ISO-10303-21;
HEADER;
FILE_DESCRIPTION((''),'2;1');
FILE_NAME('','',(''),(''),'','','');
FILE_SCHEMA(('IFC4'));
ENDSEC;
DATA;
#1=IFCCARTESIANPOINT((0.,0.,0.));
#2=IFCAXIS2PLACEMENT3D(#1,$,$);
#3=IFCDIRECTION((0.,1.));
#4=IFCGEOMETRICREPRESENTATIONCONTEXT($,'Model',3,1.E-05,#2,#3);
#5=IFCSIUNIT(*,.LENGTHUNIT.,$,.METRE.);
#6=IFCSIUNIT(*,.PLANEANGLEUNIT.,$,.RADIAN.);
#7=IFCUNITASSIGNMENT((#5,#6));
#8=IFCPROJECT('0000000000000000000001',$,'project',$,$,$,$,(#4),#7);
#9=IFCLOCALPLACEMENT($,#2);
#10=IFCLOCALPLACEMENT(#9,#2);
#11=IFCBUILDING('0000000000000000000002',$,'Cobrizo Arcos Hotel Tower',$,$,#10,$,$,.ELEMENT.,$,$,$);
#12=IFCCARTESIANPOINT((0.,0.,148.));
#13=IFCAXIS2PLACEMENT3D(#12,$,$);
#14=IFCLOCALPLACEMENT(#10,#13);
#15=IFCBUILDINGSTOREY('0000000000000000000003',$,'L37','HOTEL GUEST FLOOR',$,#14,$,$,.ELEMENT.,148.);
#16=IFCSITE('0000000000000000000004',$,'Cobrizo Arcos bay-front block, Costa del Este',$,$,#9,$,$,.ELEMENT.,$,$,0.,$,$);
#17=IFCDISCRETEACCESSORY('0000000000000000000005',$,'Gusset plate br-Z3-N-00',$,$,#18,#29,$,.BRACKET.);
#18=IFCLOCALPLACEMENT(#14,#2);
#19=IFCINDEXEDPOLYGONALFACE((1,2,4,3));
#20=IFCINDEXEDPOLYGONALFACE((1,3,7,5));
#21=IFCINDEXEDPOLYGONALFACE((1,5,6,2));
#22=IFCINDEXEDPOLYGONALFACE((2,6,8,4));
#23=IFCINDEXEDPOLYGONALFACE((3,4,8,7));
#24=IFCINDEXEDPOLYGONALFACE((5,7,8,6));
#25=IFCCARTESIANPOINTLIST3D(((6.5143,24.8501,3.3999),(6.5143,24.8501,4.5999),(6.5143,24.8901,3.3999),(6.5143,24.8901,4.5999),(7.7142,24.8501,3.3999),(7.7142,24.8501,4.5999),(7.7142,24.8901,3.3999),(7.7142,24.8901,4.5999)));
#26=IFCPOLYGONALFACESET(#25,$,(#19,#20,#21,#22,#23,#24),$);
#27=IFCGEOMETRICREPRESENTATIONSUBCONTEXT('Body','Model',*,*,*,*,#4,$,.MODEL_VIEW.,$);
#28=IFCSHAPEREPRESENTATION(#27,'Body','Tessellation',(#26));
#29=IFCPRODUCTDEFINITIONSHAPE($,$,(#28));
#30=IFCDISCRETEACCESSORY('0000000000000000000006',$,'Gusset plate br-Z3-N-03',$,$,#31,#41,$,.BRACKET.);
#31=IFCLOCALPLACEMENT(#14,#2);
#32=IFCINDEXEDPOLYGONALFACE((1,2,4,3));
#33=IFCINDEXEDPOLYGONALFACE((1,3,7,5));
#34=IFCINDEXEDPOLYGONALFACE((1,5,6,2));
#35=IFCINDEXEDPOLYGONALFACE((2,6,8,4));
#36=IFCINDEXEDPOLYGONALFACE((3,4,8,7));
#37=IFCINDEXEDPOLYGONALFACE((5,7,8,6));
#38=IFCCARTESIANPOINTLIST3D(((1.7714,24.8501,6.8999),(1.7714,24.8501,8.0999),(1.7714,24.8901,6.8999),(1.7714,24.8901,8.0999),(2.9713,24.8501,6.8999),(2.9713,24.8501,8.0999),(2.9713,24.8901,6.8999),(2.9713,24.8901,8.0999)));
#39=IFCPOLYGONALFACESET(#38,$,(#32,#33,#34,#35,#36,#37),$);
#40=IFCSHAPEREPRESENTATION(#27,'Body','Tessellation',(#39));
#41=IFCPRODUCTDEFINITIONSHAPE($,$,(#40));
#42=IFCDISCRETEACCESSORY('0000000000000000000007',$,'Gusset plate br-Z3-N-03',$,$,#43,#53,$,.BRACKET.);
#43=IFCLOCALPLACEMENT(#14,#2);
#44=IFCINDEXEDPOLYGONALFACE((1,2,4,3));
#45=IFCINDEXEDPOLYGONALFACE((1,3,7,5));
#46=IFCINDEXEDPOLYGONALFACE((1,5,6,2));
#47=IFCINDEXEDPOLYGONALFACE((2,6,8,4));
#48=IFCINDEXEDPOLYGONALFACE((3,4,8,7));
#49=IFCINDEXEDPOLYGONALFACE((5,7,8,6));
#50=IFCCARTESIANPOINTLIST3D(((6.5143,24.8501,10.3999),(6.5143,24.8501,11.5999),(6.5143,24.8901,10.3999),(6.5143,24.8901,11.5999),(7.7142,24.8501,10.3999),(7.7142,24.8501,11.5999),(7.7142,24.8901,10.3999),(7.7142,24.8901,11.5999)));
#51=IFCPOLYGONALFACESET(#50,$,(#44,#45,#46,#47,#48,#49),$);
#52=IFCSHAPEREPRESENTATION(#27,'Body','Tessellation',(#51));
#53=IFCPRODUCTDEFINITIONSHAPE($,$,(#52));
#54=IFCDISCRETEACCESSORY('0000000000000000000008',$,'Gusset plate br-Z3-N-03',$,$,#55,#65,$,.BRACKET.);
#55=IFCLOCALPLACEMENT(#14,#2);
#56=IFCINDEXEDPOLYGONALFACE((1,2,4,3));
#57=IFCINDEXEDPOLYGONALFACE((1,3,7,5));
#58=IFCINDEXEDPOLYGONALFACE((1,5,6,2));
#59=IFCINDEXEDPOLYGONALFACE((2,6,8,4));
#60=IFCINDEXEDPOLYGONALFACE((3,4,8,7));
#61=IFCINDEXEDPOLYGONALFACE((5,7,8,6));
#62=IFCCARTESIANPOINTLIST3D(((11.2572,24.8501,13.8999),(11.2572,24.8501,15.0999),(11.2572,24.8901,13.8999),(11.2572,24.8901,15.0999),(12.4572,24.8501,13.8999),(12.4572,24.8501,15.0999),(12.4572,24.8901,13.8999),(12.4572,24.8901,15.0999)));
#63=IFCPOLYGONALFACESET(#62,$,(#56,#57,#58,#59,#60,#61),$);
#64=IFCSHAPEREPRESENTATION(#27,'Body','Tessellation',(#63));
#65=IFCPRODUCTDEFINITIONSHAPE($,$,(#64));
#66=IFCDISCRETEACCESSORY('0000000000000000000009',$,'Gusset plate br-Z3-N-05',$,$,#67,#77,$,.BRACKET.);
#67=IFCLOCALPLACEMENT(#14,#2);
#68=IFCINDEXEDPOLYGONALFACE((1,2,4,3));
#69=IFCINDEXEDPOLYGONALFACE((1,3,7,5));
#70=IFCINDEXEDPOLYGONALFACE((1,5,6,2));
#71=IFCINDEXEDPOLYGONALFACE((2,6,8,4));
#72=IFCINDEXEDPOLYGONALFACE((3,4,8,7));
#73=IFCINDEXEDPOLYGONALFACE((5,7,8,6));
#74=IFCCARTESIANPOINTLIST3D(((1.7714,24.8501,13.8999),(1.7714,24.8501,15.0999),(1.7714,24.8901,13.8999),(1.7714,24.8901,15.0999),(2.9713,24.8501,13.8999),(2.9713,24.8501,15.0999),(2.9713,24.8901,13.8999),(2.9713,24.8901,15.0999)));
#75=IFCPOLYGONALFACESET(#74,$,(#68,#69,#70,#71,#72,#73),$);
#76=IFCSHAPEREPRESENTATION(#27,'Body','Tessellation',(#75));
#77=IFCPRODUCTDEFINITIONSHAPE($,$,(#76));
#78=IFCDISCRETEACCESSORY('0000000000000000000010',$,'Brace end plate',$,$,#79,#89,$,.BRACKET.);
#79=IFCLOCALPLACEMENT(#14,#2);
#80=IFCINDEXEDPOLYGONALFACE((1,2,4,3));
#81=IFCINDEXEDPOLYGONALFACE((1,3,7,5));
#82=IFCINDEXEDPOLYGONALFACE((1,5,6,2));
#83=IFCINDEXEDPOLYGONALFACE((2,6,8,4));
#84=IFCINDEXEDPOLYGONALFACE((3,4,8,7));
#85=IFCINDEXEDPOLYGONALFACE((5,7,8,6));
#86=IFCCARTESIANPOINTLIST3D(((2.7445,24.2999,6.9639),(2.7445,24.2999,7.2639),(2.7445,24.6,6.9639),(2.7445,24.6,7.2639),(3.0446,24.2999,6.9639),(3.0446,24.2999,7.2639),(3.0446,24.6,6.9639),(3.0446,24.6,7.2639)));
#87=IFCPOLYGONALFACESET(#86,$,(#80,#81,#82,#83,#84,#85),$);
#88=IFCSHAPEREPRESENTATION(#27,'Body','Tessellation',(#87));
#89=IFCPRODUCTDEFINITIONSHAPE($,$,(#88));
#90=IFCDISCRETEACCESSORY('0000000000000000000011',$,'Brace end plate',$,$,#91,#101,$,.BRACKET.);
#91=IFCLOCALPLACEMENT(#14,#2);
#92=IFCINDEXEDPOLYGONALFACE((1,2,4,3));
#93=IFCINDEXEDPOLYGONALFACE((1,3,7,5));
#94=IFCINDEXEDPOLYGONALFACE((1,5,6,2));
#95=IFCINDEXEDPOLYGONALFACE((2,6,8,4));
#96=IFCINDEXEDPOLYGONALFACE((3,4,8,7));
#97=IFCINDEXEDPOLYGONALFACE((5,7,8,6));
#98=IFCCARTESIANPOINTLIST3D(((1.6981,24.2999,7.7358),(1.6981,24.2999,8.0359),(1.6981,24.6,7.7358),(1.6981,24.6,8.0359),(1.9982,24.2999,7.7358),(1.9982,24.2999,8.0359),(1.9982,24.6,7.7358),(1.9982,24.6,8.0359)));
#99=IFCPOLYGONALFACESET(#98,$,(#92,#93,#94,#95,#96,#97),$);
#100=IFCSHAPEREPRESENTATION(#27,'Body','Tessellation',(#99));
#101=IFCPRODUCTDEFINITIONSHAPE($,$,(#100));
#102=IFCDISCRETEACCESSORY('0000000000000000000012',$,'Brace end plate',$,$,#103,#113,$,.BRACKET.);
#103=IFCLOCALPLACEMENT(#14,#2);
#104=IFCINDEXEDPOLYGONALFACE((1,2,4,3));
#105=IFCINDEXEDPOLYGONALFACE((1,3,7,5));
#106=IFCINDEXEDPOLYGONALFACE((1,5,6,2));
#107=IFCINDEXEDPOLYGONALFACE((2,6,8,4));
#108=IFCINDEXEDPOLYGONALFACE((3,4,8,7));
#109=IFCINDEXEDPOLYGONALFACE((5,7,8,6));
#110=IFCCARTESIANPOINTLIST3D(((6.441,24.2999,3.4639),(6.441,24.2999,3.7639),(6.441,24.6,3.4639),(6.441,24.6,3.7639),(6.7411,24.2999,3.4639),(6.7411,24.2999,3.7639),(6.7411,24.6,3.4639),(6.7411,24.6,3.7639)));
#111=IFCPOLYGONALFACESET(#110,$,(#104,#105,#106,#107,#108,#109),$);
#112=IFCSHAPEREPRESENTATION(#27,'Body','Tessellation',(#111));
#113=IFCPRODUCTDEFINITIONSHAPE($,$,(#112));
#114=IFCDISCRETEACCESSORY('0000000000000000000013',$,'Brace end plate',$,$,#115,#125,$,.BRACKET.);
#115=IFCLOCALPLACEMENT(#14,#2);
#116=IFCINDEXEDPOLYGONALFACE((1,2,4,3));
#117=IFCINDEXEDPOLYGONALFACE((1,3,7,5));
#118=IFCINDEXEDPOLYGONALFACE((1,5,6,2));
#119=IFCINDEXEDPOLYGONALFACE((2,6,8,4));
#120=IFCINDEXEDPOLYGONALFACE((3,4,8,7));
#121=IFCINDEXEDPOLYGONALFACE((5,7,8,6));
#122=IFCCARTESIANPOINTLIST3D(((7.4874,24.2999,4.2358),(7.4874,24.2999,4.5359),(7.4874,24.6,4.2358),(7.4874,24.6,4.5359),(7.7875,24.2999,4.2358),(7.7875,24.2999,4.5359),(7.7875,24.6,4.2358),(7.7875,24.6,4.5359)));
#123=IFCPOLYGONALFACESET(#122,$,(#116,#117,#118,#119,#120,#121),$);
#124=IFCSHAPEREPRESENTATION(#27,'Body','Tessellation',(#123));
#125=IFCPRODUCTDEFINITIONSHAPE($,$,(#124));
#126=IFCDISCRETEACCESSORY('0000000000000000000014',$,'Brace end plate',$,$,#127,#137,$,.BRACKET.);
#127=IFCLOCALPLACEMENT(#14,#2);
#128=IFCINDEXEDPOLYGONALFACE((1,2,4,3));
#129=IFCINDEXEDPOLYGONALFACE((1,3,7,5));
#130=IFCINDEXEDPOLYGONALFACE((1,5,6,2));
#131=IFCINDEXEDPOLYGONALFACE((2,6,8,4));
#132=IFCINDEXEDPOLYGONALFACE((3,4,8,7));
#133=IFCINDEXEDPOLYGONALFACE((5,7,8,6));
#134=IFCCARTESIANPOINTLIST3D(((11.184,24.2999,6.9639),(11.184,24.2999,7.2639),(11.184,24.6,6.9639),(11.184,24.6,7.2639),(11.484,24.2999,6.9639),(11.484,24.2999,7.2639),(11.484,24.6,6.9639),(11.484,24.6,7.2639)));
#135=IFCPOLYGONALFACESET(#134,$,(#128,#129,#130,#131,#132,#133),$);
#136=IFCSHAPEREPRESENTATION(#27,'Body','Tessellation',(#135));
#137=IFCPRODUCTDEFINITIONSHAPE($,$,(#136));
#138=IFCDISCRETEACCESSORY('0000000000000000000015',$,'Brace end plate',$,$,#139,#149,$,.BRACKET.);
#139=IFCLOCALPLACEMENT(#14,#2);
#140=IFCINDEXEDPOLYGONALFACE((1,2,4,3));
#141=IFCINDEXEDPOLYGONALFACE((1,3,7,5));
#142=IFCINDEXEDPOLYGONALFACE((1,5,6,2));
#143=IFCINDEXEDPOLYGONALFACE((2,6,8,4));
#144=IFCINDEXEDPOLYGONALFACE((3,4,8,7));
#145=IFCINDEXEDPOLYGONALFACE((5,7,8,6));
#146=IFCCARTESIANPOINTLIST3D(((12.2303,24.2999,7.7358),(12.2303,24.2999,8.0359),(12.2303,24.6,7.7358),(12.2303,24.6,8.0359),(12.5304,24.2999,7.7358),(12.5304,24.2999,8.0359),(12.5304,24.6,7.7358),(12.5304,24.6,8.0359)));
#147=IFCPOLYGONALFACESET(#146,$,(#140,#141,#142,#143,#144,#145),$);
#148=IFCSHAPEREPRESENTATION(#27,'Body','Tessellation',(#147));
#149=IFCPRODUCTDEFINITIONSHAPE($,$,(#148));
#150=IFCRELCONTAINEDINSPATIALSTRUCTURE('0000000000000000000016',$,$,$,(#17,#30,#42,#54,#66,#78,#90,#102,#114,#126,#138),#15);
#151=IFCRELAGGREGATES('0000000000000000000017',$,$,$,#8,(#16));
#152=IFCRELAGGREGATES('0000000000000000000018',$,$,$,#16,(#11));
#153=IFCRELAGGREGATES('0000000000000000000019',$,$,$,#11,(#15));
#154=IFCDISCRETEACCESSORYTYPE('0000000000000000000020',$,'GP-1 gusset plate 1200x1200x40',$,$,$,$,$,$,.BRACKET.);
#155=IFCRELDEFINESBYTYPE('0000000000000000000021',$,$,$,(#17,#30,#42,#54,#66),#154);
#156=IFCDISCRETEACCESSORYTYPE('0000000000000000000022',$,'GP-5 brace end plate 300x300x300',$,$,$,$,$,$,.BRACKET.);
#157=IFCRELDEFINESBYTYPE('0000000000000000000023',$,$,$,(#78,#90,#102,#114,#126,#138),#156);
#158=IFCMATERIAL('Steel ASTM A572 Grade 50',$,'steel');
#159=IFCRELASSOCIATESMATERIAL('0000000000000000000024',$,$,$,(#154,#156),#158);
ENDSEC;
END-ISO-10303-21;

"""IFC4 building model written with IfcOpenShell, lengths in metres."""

from ifc_helpers import new_model, si_unit, direction, frame, origin, origin_2d, place, context, subcontext, project, spatial, rectangle, extrude, material, type_object, element, save


model = new_model("IFC4")

# Units and contexts
model_context = context("Model", 3, precision=1e-05, world=origin(), true_north=direction((0.0, 1.0)))
body_context = subcontext(model_context, "Body", "Model", "MODEL_VIEW")
ifc_project = project(units=[si_unit("LENGTHUNIT", "METRE"), si_unit("PLANEANGLEUNIT", "RADIAN")], contexts=[model_context])

# Site, building, storey
site_placement = place(None, origin())
site = spatial("IfcSite", under=ifc_project, at=site_placement, Name="Cobrizo Arcos bay-front block, Costa del Este", CompositionType="ELEMENT", RefElevation=0.0)
building_placement = place(site_placement, origin())
building = spatial("IfcBuilding", under=site, at=building_placement, Name="Cobrizo Arcos Hotel Tower", CompositionType="ELEMENT")
storey_placement = place(building_placement, frame((0.0, 0.0, 148.0)))
storey = spatial("IfcBuildingStorey", under=building, at=storey_placement, Name="L37", Description="HOTEL GUEST FLOOR", CompositionType="ELEMENT", Elevation=148.0)

# Shared definitions
ifc_material_1 = material(Name="Steel ASTM A572 Grade 50", Category="steel")

# Discrete accessories
discrete_accessory_type_1 = type_object("IfcDiscreteAccessoryType", Name="GP-1 gusset plate 1200x1200x40", PredefinedType="BRACKET", material=ifc_material_1)
for number, where, z_axis, x_axis, name in (
    (1, (7.1143, 24.8701, 3.3999), (0.0, 0.0, 1.0), (1.0, 0.0, 0.0), "Gusset plate br-Z3-N-00"),
    (2, (2.3713, 24.8701, 6.8999), (0.0, 0.0, 1.0), (1.0, 0.0, 0.0), "Gusset plate br-Z3-N-03"),
    (3, (7.1143, 24.8701, 10.3999), (0.0, 0.0, 1.0), (1.0, 0.0, 0.0), "Gusset plate br-Z3-N-03"),
    (4, (11.8572, 24.8701, 13.8999), (0.0, 0.0, 1.0), (1.0, 0.0, 0.0), "Gusset plate br-Z3-N-03"),
    (5, (2.3713, 24.8701, 13.8999), (0.0, 0.0, 1.0), (1.0, 0.0, 0.0), "Gusset plate br-Z3-N-05"),
):
    element("IfcDiscreteAccessory", number, at=place(storey_placement, frame(where, z_axis=z_axis, x_axis=x_axis)), inside=storey, type_object=discrete_accessory_type_1, Name=name, PredefinedType="BRACKET", context=body_context, shape_type="SweptSolid", body=[
        extrude(rectangle(XDim=1.2, YDim=0.04, at=origin_2d()), origin(), (0.0, 0.0, 1.0), 1.2),
    ])
discrete_accessory_type_2 = type_object("IfcDiscreteAccessoryType", Name="GP-5 brace end plate 300x300x300", PredefinedType="BRACKET", material=ifc_material_1)
for number, where, z_axis, x_axis, name in (
    (6, (2.8945, 24.45, 6.9639), (0.0, 0.0, 1.0), (1.0, 0.0, 0.0), "Brace end plate"),
    (7, (1.8481, 24.45, 7.7358), (0.0, 0.0, 1.0), (1.0, 0.0, 0.0), "Brace end plate"),
    (8, (6.5911, 24.45, 3.4639), (0.0, 0.0, 1.0), (1.0, 0.0, 0.0), "Brace end plate"),
    (9, (7.6375, 24.45, 4.2358), (0.0, 0.0, 1.0), (1.0, 0.0, 0.0), "Brace end plate"),
    (10, (11.334, 24.45, 6.9639), (0.0, 0.0, 1.0), (1.0, 0.0, 0.0), "Brace end plate"),
    (11, (12.3804, 24.45, 7.7358), (0.0, 0.0, 1.0), (1.0, 0.0, 0.0), "Brace end plate"),
):
    element("IfcDiscreteAccessory", number, at=place(storey_placement, frame(where, z_axis=z_axis, x_axis=x_axis)), inside=storey, type_object=discrete_accessory_type_2, Name=name, PredefinedType="BRACKET", context=body_context, shape_type="SweptSolid", body=[
        extrude(rectangle(XDim=0.3, YDim=0.3, at=origin_2d()), origin(), (0.0, 0.0, 1.0), 0.3),
    ])

save(model, "model.ifc")
